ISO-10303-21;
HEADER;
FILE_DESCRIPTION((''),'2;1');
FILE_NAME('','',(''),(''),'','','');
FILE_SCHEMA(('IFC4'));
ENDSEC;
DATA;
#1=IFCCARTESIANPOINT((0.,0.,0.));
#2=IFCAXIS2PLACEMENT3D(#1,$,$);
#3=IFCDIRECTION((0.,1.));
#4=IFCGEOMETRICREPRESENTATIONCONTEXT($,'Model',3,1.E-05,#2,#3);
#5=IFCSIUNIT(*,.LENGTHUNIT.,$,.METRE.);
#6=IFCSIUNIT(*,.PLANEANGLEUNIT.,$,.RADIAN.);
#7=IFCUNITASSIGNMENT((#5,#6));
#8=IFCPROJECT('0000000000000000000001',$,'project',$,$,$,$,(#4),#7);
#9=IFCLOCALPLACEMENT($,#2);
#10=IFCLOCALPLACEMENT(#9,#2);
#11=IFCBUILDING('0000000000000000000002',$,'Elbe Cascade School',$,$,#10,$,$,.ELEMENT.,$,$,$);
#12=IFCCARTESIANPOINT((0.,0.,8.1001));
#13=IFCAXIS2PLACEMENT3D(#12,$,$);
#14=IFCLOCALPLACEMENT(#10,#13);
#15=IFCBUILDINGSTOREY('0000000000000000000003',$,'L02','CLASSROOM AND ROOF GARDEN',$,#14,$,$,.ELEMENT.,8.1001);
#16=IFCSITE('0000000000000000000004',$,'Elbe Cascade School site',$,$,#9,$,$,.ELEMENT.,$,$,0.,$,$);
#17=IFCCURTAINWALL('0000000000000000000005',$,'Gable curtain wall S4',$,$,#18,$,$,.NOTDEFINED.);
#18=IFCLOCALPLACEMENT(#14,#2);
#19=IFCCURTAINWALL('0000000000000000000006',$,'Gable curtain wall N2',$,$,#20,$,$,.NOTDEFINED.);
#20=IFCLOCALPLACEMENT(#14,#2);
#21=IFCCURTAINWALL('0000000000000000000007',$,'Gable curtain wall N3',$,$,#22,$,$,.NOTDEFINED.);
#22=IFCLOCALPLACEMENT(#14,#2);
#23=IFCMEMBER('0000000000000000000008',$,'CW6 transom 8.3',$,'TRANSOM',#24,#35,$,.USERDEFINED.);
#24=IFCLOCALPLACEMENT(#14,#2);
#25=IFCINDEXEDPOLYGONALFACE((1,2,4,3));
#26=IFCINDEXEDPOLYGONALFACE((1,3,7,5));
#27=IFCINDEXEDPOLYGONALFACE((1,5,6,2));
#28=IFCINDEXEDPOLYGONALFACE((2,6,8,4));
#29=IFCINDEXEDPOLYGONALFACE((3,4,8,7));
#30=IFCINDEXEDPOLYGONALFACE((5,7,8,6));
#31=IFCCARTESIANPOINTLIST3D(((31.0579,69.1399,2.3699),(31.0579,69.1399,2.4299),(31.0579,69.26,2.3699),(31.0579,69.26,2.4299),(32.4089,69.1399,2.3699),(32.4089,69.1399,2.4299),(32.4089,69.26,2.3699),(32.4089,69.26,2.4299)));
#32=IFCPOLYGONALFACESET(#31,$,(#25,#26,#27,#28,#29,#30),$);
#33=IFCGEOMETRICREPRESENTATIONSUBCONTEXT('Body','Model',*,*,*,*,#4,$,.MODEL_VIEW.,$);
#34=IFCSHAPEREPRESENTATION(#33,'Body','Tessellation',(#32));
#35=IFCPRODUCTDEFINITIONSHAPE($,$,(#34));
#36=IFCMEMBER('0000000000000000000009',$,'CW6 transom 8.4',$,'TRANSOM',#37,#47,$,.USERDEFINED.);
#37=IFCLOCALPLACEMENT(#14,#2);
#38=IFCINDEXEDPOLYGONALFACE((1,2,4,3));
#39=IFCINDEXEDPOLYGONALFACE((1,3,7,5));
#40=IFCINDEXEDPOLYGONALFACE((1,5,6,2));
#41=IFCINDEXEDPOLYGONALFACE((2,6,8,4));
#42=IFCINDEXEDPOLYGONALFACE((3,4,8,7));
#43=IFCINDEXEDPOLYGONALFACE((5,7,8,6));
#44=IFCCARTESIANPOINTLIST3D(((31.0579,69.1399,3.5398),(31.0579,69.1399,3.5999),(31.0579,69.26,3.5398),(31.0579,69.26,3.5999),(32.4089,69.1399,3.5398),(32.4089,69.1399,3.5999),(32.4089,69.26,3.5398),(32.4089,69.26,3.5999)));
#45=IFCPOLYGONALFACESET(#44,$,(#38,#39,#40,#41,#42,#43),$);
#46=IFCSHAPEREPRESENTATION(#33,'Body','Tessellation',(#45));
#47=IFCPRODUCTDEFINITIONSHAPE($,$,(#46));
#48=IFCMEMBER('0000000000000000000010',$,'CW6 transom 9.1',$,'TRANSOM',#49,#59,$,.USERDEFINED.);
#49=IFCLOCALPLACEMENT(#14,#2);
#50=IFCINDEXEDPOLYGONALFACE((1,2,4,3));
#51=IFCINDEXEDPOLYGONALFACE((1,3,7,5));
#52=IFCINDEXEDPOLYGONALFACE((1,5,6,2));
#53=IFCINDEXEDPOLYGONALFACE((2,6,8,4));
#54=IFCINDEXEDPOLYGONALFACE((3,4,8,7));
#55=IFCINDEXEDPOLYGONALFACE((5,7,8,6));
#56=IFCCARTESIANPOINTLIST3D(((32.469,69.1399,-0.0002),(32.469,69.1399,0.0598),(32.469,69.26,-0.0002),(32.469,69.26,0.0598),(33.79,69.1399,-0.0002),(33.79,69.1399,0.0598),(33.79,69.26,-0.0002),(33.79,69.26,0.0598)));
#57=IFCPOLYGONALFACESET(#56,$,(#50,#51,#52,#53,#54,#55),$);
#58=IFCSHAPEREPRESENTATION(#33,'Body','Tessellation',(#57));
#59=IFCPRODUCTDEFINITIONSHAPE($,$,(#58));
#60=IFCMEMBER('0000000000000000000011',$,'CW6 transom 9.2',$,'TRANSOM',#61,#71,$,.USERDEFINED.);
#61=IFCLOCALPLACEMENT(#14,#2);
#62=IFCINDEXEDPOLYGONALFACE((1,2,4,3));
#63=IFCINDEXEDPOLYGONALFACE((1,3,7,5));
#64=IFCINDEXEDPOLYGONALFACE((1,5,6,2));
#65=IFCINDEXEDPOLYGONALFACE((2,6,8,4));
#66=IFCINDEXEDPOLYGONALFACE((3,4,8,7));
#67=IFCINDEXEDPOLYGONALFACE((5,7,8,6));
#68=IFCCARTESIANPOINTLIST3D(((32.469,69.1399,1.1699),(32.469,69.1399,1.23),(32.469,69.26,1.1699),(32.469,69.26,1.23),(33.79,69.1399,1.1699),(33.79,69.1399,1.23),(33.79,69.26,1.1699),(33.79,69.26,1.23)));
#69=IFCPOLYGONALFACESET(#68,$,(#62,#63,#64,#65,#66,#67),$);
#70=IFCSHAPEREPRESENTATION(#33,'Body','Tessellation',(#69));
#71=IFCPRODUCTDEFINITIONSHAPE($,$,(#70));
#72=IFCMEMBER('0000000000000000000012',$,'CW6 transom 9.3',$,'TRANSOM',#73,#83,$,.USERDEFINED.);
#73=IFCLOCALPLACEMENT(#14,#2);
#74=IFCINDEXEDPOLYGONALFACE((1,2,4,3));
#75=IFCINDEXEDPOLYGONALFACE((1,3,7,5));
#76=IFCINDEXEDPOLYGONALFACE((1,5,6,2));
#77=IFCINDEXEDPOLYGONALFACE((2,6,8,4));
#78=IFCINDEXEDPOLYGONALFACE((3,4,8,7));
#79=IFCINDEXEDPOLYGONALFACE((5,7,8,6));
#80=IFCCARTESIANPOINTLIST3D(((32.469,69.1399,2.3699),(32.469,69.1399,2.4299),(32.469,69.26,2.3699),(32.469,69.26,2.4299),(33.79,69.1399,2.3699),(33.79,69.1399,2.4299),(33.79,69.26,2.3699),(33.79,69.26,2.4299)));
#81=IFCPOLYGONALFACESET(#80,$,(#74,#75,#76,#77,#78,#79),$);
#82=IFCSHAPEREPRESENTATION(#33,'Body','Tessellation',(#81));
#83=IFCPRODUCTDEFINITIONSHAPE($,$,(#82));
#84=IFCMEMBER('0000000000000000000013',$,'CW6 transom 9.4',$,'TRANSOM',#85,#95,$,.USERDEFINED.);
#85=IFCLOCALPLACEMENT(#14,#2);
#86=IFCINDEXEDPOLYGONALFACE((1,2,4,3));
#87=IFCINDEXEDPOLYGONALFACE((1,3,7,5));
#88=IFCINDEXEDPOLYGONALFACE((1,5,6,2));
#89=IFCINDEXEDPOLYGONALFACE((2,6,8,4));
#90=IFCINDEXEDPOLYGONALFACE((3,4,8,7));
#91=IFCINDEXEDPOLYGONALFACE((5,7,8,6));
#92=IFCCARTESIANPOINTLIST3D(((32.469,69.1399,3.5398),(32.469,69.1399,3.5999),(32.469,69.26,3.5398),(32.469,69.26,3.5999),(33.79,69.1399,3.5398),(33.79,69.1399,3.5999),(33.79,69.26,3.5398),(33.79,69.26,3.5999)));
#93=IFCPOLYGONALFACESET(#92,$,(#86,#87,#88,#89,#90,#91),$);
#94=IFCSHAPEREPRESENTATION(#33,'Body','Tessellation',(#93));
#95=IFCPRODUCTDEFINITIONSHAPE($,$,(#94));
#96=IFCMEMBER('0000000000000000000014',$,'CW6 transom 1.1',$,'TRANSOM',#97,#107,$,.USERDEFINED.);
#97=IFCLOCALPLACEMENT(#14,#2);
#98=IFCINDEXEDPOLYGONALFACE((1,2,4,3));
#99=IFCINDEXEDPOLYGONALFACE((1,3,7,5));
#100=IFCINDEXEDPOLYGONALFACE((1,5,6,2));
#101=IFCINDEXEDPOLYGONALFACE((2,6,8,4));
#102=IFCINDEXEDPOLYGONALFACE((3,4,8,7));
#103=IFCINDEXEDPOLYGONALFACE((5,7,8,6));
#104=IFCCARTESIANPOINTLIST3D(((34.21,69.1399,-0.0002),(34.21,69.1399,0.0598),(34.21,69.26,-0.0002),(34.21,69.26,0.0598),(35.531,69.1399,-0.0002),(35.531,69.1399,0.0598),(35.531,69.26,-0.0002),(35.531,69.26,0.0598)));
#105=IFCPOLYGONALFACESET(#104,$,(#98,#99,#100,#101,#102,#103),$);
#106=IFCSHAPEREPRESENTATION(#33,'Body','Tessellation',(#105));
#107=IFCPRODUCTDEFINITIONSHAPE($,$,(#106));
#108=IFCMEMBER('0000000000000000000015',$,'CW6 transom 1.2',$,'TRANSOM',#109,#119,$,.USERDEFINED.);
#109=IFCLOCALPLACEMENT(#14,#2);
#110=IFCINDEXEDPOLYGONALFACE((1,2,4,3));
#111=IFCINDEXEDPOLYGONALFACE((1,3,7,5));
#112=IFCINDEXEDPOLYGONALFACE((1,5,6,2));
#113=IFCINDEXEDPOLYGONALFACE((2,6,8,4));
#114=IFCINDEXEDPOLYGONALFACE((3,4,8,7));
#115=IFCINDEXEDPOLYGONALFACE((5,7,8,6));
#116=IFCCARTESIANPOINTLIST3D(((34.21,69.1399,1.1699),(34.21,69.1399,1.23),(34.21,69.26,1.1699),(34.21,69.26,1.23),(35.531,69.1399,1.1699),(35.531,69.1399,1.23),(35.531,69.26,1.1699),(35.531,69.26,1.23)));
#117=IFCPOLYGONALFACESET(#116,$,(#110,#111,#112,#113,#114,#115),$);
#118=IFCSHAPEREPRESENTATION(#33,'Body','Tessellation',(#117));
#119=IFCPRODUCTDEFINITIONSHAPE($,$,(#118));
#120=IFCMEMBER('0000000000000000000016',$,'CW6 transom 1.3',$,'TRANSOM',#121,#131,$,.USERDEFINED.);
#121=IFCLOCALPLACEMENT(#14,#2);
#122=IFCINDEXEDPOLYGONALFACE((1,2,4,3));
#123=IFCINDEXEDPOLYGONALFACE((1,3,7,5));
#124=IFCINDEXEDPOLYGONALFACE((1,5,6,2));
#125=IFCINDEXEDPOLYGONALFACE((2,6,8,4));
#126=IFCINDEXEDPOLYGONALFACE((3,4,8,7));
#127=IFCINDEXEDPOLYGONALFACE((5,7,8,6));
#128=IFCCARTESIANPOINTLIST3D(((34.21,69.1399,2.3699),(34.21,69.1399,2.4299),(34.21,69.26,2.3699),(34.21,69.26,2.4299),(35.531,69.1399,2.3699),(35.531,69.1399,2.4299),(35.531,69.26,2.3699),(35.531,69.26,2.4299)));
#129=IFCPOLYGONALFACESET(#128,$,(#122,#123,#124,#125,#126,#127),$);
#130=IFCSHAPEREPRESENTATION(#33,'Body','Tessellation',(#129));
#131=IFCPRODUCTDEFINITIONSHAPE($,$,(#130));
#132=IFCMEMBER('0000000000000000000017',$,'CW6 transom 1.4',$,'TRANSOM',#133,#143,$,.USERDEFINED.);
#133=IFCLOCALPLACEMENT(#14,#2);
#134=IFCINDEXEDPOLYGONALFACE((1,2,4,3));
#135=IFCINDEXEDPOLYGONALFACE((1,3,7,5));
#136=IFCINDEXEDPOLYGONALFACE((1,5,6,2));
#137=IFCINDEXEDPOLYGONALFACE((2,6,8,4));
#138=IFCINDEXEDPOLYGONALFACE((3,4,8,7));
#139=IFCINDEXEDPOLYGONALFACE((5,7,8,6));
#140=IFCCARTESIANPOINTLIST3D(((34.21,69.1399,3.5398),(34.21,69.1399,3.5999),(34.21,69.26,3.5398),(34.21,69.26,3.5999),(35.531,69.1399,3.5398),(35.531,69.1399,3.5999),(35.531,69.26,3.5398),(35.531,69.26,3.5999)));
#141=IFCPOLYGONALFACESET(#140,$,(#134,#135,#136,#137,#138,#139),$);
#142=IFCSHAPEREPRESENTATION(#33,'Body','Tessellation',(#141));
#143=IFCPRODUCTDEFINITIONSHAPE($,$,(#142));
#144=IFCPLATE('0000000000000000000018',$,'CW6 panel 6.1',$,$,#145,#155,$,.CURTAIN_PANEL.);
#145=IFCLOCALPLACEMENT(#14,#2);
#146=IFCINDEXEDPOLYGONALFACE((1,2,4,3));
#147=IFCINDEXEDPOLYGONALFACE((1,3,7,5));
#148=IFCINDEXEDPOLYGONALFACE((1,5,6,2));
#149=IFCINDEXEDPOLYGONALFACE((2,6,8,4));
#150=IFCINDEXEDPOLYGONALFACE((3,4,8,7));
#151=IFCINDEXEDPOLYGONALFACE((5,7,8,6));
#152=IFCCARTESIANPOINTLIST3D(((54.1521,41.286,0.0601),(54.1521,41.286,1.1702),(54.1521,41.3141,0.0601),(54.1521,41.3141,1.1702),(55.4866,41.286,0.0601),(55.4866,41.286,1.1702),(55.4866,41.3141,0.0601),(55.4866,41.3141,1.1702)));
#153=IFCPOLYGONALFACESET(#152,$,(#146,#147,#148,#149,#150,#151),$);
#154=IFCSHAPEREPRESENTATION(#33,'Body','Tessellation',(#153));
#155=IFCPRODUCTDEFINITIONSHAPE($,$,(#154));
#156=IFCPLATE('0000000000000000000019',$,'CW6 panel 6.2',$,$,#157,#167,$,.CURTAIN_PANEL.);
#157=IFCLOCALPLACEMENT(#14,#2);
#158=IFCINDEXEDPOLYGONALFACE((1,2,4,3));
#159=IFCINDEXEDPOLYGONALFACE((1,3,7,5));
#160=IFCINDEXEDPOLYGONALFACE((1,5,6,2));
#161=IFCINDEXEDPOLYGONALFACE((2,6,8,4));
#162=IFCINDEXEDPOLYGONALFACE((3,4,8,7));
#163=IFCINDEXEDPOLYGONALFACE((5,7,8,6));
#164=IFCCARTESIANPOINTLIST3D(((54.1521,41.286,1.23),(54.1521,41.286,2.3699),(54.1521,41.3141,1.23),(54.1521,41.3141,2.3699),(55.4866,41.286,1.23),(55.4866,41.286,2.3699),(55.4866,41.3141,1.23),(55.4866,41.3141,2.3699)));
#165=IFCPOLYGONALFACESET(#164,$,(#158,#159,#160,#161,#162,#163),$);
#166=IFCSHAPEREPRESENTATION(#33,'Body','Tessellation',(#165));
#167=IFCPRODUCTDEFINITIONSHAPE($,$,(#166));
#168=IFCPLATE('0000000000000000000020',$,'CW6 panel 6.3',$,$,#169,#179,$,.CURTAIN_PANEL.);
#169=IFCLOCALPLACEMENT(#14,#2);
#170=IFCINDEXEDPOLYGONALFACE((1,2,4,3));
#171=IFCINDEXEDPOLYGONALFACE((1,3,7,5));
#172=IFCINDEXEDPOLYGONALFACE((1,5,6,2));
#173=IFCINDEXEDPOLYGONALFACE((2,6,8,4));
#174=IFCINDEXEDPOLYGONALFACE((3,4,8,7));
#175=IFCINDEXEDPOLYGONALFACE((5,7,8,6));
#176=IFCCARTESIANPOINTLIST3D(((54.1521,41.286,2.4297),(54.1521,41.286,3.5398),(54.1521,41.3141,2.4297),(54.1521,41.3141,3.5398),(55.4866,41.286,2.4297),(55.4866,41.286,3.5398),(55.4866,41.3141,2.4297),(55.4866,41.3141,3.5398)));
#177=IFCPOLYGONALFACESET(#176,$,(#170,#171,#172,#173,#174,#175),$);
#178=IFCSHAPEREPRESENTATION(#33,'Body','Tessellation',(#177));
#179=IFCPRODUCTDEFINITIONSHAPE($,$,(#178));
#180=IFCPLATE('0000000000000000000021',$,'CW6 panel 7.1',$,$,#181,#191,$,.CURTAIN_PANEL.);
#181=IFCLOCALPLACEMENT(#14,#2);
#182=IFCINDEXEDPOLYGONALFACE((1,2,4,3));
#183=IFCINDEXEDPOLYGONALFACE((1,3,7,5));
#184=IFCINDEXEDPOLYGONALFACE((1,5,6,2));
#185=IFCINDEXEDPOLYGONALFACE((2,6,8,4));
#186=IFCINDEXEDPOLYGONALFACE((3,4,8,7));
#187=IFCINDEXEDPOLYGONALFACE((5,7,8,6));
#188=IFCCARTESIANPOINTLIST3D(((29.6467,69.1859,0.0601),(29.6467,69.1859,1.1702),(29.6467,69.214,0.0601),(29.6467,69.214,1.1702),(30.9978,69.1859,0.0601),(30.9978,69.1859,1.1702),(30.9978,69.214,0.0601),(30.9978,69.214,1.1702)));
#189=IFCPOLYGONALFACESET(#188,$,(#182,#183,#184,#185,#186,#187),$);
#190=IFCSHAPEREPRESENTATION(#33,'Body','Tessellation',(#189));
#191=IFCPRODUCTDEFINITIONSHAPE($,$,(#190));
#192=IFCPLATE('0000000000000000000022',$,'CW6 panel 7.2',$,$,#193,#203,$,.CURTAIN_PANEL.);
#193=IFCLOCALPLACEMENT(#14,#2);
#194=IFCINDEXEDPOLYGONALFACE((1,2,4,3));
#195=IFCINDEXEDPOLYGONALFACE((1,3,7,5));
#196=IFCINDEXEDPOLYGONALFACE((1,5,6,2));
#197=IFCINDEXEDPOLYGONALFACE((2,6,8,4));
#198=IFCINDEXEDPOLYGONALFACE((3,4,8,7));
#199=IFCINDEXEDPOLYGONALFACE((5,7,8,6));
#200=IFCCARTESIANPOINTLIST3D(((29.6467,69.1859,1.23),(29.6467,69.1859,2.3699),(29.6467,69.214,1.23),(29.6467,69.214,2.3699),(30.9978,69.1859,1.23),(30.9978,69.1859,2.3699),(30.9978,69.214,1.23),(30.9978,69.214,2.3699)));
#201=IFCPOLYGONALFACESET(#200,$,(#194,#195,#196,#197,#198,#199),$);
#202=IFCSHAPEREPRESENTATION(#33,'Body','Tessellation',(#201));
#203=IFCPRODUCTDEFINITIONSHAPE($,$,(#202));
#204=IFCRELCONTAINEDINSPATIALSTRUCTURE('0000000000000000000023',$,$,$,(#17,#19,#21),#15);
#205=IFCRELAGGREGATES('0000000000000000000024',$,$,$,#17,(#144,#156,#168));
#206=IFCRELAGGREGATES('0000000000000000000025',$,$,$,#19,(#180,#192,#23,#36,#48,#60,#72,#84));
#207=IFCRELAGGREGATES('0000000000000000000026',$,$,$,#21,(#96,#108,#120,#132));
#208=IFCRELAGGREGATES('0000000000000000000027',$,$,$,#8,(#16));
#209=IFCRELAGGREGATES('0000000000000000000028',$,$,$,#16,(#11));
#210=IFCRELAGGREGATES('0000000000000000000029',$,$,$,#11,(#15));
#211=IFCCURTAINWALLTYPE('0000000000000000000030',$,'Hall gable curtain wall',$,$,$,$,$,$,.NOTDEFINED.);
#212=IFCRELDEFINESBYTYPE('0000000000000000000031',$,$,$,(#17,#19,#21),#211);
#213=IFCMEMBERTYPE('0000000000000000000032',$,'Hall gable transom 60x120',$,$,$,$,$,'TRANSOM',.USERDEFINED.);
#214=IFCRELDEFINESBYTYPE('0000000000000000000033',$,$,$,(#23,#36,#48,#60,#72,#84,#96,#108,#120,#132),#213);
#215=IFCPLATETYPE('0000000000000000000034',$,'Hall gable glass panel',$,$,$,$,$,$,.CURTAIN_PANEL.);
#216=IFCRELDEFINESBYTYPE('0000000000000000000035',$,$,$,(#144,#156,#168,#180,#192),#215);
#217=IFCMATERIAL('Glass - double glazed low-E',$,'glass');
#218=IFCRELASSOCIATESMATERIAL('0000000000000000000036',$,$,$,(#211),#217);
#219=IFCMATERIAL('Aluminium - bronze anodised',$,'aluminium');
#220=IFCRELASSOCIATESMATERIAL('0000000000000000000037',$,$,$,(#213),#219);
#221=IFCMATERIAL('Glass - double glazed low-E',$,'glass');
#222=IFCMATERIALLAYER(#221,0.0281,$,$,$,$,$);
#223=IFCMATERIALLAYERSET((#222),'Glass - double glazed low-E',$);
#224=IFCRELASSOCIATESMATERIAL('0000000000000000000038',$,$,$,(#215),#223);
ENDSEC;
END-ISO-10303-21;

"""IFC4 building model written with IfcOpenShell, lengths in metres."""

from ifc_helpers import new_model, si_unit, direction, frame, origin, origin_2d, place, context, subcontext, project, spatial, rectangle, extrude, material, layer, layer_set, material_profile, profile_set, type_object, element, aggregate, save


model = new_model("IFC4")

# Units and contexts
model_context = context("Model", 3, precision=1e-05, world=origin(), true_north=direction((0.0, 1.0)))
body_context = subcontext(model_context, "Body", "Model", "MODEL_VIEW")
ifc_project = project(units=[si_unit("LENGTHUNIT", "METRE"), si_unit("PLANEANGLEUNIT", "RADIAN")], contexts=[model_context])

# Site, building, storey
site_placement = place(None, origin())
site = spatial("IfcSite", under=ifc_project, at=site_placement, Name="Elbe Cascade School site", CompositionType="ELEMENT", RefElevation=0.0)
building_placement = place(site_placement, origin())
building = spatial("IfcBuilding", under=site, at=building_placement, Name="Elbe Cascade School", CompositionType="ELEMENT")
storey_placement = place(building_placement, frame((0.0, 0.0, 8.1001)))
storey = spatial("IfcBuildingStorey", under=building, at=storey_placement, Name="L02", Description="CLASSROOM AND ROOF GARDEN", CompositionType="ELEMENT", Elevation=8.1001)

# Curtain wall
ifc_material_1 = material(Name="Glass - double glazed low-E", Category="glass")
curtain_wall_type = type_object("IfcCurtainWallType", Name="Hall gable curtain wall", PredefinedType="NOTDEFINED", material=ifc_material_1)
curtain_wall_1_placement = place(storey_placement, origin())
curtain_wall_1 = element("IfcCurtainWall", 1, at=curtain_wall_1_placement, inside=storey, type_object=curtain_wall_type, Name="Gable curtain wall S4", PredefinedType="NOTDEFINED")

# Curtain wall
curtain_wall_2_placement = place(storey_placement, origin())
curtain_wall_2 = element("IfcCurtainWall", 2, at=curtain_wall_2_placement, inside=storey, type_object=curtain_wall_type, Name="Gable curtain wall N2", PredefinedType="NOTDEFINED")

# Curtain wall
curtain_wall_3_placement = place(storey_placement, origin())
curtain_wall_3 = element("IfcCurtainWall", 3, at=curtain_wall_3_placement, inside=storey, type_object=curtain_wall_type, Name="Gable curtain wall N3", PredefinedType="NOTDEFINED")

# Members
ifc_material_2 = material(Name="Aluminium - bronze anodised", Category="aluminium")
ifc_material_profile_1 = material_profile(ifc_material_2, rectangle(XDim=0.1201, YDim=0.0601, at=origin_2d()), Name="Alu 60x120")
ifc_profile_set_1 = profile_set([ifc_material_profile_1], Name="Aluminium - bronze anodised")
member_type_1 = type_object("IfcMemberType", Name="Hall gable transom 60x120", ElementType="TRANSOM", PredefinedType="USERDEFINED", material=ifc_profile_set_1)
member_1_placement = place(storey_placement, frame((31.0579, 69.2, 2.3999), z_axis=(1.0, 0.0, 0.0), x_axis=(0.0, 1.0, 0.0)))
member_1 = element("IfcMember", 4, at=member_1_placement, type_object=member_type_1, Name="CW6 transom 8.3", ObjectType="TRANSOM", PredefinedType="USERDEFINED", context=body_context, shape_type="SweptSolid", body=[
    extrude(rectangle(XDim=0.1201, YDim=0.0601, at=origin_2d()), origin(), (0.0, 0.0, 1.0), 1.3511),
])
member_2_placement = place(storey_placement, frame((31.0579, 69.2, 3.5698), z_axis=(1.0, 0.0, 0.0), x_axis=(0.0, 1.0, 0.0)))
member_2 = element("IfcMember", 5, at=member_2_placement, type_object=member_type_1, Name="CW6 transom 8.4", ObjectType="TRANSOM", PredefinedType="USERDEFINED", context=body_context, shape_type="SweptSolid", body=[
    extrude(rectangle(XDim=0.1201, YDim=0.0601, at=origin_2d()), origin(), (0.0, 0.0, 1.0), 1.3511),
])
member_3_placement = place(storey_placement, frame((32.469, 69.2, 0.0298), z_axis=(1.0, 0.0, 0.0), x_axis=(0.0, 1.0, 0.0)))
member_3 = element("IfcMember", 6, at=member_3_placement, type_object=member_type_1, Name="CW6 transom 9.1", ObjectType="TRANSOM", PredefinedType="USERDEFINED", context=body_context, shape_type="SweptSolid", body=[
    extrude(rectangle(XDim=0.1201, YDim=0.0601, at=origin_2d()), origin(), (0.0, 0.0, 1.0), 1.321),
])
member_4_placement = place(storey_placement, frame((32.469, 69.2, 1.2), z_axis=(1.0, 0.0, 0.0), x_axis=(0.0, 1.0, 0.0)))
member_4 = element("IfcMember", 7, at=member_4_placement, type_object=member_type_1, Name="CW6 transom 9.2", ObjectType="TRANSOM", PredefinedType="USERDEFINED", context=body_context, shape_type="SweptSolid", body=[
    extrude(rectangle(XDim=0.1201, YDim=0.0601, at=origin_2d()), origin(), (0.0, 0.0, 1.0), 1.321),
])
member_5_placement = place(storey_placement, frame((32.469, 69.2, 2.3999), z_axis=(1.0, 0.0, 0.0), x_axis=(0.0, 1.0, 0.0)))
member_5 = element("IfcMember", 8, at=member_5_placement, type_object=member_type_1, Name="CW6 transom 9.3", ObjectType="TRANSOM", PredefinedType="USERDEFINED", context=body_context, shape_type="SweptSolid", body=[
    extrude(rectangle(XDim=0.1201, YDim=0.0601, at=origin_2d()), origin(), (0.0, 0.0, 1.0), 1.321),
])
member_6_placement = place(storey_placement, frame((32.469, 69.2, 3.5698), z_axis=(1.0, 0.0, 0.0), x_axis=(0.0, 1.0, 0.0)))
member_6 = element("IfcMember", 9, at=member_6_placement, type_object=member_type_1, Name="CW6 transom 9.4", ObjectType="TRANSOM", PredefinedType="USERDEFINED", context=body_context, shape_type="SweptSolid", body=[
    extrude(rectangle(XDim=0.1201, YDim=0.0601, at=origin_2d()), origin(), (0.0, 0.0, 1.0), 1.321),
])
member_7_placement = place(storey_placement, frame((34.21, 69.2, 0.0298), z_axis=(1.0, 0.0, 0.0), x_axis=(0.0, 1.0, 0.0)))
member_7 = element("IfcMember", 10, at=member_7_placement, type_object=member_type_1, Name="CW6 transom 1.1", ObjectType="TRANSOM", PredefinedType="USERDEFINED", context=body_context, shape_type="SweptSolid", body=[
    extrude(rectangle(XDim=0.1201, YDim=0.0601, at=origin_2d()), origin(), (0.0, 0.0, 1.0), 1.321),
])
member_8_placement = place(storey_placement, frame((34.21, 69.2, 1.2), z_axis=(1.0, 0.0, 0.0), x_axis=(0.0, 1.0, 0.0)))
member_8 = element("IfcMember", 11, at=member_8_placement, type_object=member_type_1, Name="CW6 transom 1.2", ObjectType="TRANSOM", PredefinedType="USERDEFINED", context=body_context, shape_type="SweptSolid", body=[
    extrude(rectangle(XDim=0.1201, YDim=0.0601, at=origin_2d()), origin(), (0.0, 0.0, 1.0), 1.321),
])
member_9_placement = place(storey_placement, frame((34.21, 69.2, 2.3999), z_axis=(1.0, 0.0, 0.0), x_axis=(0.0, 1.0, 0.0)))
member_9 = element("IfcMember", 12, at=member_9_placement, type_object=member_type_1, Name="CW6 transom 1.3", ObjectType="TRANSOM", PredefinedType="USERDEFINED", context=body_context, shape_type="SweptSolid", body=[
    extrude(rectangle(XDim=0.1201, YDim=0.0601, at=origin_2d()), origin(), (0.0, 0.0, 1.0), 1.321),
])
member_10_placement = place(storey_placement, frame((34.21, 69.2, 3.5698), z_axis=(1.0, 0.0, 0.0), x_axis=(0.0, 1.0, 0.0)))
member_10 = element("IfcMember", 13, at=member_10_placement, type_object=member_type_1, Name="CW6 transom 1.4", ObjectType="TRANSOM", PredefinedType="USERDEFINED", context=body_context, shape_type="SweptSolid", body=[
    extrude(rectangle(XDim=0.1201, YDim=0.0601, at=origin_2d()), origin(), (0.0, 0.0, 1.0), 1.321),
])

# Plates
ifc_material_3 = material(Name="Glass - double glazed low-E", Category="glass")
ifc_layer = layer(ifc_material_3, 0.0281)
ifc_layer_set = layer_set([ifc_layer], Name="Glass - double glazed low-E")
plate_type = type_object("IfcPlateType", Name="Hall gable glass panel", PredefinedType="CURTAIN_PANEL", material=ifc_layer_set)
plate_1_placement = place(storey_placement, frame((54.8193, 41.3, 0.0601), z_axis=(0.0, 0.0, 1.0), x_axis=(1.0, 0.0, 0.0)))
plate_1 = element("IfcPlate", 14, at=plate_1_placement, type_object=plate_type, Name="CW6 panel 6.1", PredefinedType="CURTAIN_PANEL", context=body_context, shape_type="SweptSolid", body=[
    extrude(rectangle(XDim=1.3345, YDim=0.0281, at=origin_2d()), origin(), (0.0, 0.0, 1.0), 1.1101),
])
plate_2_placement = place(storey_placement, frame((54.8193, 41.3, 1.23), z_axis=(0.0, 0.0, 1.0), x_axis=(1.0, 0.0, 0.0)))
plate_2 = element("IfcPlate", 15, at=plate_2_placement, type_object=plate_type, Name="CW6 panel 6.2", PredefinedType="CURTAIN_PANEL", context=body_context, shape_type="SweptSolid", body=[
    extrude(rectangle(XDim=1.3345, YDim=0.0281, at=origin_2d()), origin(), (0.0, 0.0, 1.0), 1.1399),
])
plate_3_placement = place(storey_placement, frame((54.8193, 41.3, 2.4297), z_axis=(0.0, 0.0, 1.0), x_axis=(1.0, 0.0, 0.0)))
plate_3 = element("IfcPlate", 16, at=plate_3_placement, type_object=plate_type, Name="CW6 panel 6.3", PredefinedType="CURTAIN_PANEL", context=body_context, shape_type="SweptSolid", body=[
    extrude(rectangle(XDim=1.3345, YDim=0.0281, at=origin_2d()), origin(), (0.0, 0.0, 1.0), 1.1101),
])
aggregate(curtain_wall_1, [plate_1, plate_2, plate_3])
plate_4_placement = place(storey_placement, frame((30.3223, 69.2, 0.0601), z_axis=(0.0, 0.0, 1.0), x_axis=(1.0, 0.0, 0.0)))
plate_4 = element("IfcPlate", 17, at=plate_4_placement, type_object=plate_type, Name="CW6 panel 7.1", PredefinedType="CURTAIN_PANEL", context=body_context, shape_type="SweptSolid", body=[
    extrude(rectangle(XDim=1.3511, YDim=0.0281, at=origin_2d()), origin(), (0.0, 0.0, 1.0), 1.1101),
])
plate_5_placement = place(storey_placement, frame((30.3223, 69.2, 1.23), z_axis=(0.0, 0.0, 1.0), x_axis=(1.0, 0.0, 0.0)))
plate_5 = element("IfcPlate", 18, at=plate_5_placement, type_object=plate_type, Name="CW6 panel 7.2", PredefinedType="CURTAIN_PANEL", context=body_context, shape_type="SweptSolid", body=[
    extrude(rectangle(XDim=1.3511, YDim=0.0281, at=origin_2d()), origin(), (0.0, 0.0, 1.0), 1.1399),
])
aggregate(curtain_wall_2, [plate_4, plate_5, member_1, member_2, member_3, member_4, member_5, member_6])
aggregate(curtain_wall_3, [member_7, member_8, member_9, member_10])

save(model, "model.ifc")
